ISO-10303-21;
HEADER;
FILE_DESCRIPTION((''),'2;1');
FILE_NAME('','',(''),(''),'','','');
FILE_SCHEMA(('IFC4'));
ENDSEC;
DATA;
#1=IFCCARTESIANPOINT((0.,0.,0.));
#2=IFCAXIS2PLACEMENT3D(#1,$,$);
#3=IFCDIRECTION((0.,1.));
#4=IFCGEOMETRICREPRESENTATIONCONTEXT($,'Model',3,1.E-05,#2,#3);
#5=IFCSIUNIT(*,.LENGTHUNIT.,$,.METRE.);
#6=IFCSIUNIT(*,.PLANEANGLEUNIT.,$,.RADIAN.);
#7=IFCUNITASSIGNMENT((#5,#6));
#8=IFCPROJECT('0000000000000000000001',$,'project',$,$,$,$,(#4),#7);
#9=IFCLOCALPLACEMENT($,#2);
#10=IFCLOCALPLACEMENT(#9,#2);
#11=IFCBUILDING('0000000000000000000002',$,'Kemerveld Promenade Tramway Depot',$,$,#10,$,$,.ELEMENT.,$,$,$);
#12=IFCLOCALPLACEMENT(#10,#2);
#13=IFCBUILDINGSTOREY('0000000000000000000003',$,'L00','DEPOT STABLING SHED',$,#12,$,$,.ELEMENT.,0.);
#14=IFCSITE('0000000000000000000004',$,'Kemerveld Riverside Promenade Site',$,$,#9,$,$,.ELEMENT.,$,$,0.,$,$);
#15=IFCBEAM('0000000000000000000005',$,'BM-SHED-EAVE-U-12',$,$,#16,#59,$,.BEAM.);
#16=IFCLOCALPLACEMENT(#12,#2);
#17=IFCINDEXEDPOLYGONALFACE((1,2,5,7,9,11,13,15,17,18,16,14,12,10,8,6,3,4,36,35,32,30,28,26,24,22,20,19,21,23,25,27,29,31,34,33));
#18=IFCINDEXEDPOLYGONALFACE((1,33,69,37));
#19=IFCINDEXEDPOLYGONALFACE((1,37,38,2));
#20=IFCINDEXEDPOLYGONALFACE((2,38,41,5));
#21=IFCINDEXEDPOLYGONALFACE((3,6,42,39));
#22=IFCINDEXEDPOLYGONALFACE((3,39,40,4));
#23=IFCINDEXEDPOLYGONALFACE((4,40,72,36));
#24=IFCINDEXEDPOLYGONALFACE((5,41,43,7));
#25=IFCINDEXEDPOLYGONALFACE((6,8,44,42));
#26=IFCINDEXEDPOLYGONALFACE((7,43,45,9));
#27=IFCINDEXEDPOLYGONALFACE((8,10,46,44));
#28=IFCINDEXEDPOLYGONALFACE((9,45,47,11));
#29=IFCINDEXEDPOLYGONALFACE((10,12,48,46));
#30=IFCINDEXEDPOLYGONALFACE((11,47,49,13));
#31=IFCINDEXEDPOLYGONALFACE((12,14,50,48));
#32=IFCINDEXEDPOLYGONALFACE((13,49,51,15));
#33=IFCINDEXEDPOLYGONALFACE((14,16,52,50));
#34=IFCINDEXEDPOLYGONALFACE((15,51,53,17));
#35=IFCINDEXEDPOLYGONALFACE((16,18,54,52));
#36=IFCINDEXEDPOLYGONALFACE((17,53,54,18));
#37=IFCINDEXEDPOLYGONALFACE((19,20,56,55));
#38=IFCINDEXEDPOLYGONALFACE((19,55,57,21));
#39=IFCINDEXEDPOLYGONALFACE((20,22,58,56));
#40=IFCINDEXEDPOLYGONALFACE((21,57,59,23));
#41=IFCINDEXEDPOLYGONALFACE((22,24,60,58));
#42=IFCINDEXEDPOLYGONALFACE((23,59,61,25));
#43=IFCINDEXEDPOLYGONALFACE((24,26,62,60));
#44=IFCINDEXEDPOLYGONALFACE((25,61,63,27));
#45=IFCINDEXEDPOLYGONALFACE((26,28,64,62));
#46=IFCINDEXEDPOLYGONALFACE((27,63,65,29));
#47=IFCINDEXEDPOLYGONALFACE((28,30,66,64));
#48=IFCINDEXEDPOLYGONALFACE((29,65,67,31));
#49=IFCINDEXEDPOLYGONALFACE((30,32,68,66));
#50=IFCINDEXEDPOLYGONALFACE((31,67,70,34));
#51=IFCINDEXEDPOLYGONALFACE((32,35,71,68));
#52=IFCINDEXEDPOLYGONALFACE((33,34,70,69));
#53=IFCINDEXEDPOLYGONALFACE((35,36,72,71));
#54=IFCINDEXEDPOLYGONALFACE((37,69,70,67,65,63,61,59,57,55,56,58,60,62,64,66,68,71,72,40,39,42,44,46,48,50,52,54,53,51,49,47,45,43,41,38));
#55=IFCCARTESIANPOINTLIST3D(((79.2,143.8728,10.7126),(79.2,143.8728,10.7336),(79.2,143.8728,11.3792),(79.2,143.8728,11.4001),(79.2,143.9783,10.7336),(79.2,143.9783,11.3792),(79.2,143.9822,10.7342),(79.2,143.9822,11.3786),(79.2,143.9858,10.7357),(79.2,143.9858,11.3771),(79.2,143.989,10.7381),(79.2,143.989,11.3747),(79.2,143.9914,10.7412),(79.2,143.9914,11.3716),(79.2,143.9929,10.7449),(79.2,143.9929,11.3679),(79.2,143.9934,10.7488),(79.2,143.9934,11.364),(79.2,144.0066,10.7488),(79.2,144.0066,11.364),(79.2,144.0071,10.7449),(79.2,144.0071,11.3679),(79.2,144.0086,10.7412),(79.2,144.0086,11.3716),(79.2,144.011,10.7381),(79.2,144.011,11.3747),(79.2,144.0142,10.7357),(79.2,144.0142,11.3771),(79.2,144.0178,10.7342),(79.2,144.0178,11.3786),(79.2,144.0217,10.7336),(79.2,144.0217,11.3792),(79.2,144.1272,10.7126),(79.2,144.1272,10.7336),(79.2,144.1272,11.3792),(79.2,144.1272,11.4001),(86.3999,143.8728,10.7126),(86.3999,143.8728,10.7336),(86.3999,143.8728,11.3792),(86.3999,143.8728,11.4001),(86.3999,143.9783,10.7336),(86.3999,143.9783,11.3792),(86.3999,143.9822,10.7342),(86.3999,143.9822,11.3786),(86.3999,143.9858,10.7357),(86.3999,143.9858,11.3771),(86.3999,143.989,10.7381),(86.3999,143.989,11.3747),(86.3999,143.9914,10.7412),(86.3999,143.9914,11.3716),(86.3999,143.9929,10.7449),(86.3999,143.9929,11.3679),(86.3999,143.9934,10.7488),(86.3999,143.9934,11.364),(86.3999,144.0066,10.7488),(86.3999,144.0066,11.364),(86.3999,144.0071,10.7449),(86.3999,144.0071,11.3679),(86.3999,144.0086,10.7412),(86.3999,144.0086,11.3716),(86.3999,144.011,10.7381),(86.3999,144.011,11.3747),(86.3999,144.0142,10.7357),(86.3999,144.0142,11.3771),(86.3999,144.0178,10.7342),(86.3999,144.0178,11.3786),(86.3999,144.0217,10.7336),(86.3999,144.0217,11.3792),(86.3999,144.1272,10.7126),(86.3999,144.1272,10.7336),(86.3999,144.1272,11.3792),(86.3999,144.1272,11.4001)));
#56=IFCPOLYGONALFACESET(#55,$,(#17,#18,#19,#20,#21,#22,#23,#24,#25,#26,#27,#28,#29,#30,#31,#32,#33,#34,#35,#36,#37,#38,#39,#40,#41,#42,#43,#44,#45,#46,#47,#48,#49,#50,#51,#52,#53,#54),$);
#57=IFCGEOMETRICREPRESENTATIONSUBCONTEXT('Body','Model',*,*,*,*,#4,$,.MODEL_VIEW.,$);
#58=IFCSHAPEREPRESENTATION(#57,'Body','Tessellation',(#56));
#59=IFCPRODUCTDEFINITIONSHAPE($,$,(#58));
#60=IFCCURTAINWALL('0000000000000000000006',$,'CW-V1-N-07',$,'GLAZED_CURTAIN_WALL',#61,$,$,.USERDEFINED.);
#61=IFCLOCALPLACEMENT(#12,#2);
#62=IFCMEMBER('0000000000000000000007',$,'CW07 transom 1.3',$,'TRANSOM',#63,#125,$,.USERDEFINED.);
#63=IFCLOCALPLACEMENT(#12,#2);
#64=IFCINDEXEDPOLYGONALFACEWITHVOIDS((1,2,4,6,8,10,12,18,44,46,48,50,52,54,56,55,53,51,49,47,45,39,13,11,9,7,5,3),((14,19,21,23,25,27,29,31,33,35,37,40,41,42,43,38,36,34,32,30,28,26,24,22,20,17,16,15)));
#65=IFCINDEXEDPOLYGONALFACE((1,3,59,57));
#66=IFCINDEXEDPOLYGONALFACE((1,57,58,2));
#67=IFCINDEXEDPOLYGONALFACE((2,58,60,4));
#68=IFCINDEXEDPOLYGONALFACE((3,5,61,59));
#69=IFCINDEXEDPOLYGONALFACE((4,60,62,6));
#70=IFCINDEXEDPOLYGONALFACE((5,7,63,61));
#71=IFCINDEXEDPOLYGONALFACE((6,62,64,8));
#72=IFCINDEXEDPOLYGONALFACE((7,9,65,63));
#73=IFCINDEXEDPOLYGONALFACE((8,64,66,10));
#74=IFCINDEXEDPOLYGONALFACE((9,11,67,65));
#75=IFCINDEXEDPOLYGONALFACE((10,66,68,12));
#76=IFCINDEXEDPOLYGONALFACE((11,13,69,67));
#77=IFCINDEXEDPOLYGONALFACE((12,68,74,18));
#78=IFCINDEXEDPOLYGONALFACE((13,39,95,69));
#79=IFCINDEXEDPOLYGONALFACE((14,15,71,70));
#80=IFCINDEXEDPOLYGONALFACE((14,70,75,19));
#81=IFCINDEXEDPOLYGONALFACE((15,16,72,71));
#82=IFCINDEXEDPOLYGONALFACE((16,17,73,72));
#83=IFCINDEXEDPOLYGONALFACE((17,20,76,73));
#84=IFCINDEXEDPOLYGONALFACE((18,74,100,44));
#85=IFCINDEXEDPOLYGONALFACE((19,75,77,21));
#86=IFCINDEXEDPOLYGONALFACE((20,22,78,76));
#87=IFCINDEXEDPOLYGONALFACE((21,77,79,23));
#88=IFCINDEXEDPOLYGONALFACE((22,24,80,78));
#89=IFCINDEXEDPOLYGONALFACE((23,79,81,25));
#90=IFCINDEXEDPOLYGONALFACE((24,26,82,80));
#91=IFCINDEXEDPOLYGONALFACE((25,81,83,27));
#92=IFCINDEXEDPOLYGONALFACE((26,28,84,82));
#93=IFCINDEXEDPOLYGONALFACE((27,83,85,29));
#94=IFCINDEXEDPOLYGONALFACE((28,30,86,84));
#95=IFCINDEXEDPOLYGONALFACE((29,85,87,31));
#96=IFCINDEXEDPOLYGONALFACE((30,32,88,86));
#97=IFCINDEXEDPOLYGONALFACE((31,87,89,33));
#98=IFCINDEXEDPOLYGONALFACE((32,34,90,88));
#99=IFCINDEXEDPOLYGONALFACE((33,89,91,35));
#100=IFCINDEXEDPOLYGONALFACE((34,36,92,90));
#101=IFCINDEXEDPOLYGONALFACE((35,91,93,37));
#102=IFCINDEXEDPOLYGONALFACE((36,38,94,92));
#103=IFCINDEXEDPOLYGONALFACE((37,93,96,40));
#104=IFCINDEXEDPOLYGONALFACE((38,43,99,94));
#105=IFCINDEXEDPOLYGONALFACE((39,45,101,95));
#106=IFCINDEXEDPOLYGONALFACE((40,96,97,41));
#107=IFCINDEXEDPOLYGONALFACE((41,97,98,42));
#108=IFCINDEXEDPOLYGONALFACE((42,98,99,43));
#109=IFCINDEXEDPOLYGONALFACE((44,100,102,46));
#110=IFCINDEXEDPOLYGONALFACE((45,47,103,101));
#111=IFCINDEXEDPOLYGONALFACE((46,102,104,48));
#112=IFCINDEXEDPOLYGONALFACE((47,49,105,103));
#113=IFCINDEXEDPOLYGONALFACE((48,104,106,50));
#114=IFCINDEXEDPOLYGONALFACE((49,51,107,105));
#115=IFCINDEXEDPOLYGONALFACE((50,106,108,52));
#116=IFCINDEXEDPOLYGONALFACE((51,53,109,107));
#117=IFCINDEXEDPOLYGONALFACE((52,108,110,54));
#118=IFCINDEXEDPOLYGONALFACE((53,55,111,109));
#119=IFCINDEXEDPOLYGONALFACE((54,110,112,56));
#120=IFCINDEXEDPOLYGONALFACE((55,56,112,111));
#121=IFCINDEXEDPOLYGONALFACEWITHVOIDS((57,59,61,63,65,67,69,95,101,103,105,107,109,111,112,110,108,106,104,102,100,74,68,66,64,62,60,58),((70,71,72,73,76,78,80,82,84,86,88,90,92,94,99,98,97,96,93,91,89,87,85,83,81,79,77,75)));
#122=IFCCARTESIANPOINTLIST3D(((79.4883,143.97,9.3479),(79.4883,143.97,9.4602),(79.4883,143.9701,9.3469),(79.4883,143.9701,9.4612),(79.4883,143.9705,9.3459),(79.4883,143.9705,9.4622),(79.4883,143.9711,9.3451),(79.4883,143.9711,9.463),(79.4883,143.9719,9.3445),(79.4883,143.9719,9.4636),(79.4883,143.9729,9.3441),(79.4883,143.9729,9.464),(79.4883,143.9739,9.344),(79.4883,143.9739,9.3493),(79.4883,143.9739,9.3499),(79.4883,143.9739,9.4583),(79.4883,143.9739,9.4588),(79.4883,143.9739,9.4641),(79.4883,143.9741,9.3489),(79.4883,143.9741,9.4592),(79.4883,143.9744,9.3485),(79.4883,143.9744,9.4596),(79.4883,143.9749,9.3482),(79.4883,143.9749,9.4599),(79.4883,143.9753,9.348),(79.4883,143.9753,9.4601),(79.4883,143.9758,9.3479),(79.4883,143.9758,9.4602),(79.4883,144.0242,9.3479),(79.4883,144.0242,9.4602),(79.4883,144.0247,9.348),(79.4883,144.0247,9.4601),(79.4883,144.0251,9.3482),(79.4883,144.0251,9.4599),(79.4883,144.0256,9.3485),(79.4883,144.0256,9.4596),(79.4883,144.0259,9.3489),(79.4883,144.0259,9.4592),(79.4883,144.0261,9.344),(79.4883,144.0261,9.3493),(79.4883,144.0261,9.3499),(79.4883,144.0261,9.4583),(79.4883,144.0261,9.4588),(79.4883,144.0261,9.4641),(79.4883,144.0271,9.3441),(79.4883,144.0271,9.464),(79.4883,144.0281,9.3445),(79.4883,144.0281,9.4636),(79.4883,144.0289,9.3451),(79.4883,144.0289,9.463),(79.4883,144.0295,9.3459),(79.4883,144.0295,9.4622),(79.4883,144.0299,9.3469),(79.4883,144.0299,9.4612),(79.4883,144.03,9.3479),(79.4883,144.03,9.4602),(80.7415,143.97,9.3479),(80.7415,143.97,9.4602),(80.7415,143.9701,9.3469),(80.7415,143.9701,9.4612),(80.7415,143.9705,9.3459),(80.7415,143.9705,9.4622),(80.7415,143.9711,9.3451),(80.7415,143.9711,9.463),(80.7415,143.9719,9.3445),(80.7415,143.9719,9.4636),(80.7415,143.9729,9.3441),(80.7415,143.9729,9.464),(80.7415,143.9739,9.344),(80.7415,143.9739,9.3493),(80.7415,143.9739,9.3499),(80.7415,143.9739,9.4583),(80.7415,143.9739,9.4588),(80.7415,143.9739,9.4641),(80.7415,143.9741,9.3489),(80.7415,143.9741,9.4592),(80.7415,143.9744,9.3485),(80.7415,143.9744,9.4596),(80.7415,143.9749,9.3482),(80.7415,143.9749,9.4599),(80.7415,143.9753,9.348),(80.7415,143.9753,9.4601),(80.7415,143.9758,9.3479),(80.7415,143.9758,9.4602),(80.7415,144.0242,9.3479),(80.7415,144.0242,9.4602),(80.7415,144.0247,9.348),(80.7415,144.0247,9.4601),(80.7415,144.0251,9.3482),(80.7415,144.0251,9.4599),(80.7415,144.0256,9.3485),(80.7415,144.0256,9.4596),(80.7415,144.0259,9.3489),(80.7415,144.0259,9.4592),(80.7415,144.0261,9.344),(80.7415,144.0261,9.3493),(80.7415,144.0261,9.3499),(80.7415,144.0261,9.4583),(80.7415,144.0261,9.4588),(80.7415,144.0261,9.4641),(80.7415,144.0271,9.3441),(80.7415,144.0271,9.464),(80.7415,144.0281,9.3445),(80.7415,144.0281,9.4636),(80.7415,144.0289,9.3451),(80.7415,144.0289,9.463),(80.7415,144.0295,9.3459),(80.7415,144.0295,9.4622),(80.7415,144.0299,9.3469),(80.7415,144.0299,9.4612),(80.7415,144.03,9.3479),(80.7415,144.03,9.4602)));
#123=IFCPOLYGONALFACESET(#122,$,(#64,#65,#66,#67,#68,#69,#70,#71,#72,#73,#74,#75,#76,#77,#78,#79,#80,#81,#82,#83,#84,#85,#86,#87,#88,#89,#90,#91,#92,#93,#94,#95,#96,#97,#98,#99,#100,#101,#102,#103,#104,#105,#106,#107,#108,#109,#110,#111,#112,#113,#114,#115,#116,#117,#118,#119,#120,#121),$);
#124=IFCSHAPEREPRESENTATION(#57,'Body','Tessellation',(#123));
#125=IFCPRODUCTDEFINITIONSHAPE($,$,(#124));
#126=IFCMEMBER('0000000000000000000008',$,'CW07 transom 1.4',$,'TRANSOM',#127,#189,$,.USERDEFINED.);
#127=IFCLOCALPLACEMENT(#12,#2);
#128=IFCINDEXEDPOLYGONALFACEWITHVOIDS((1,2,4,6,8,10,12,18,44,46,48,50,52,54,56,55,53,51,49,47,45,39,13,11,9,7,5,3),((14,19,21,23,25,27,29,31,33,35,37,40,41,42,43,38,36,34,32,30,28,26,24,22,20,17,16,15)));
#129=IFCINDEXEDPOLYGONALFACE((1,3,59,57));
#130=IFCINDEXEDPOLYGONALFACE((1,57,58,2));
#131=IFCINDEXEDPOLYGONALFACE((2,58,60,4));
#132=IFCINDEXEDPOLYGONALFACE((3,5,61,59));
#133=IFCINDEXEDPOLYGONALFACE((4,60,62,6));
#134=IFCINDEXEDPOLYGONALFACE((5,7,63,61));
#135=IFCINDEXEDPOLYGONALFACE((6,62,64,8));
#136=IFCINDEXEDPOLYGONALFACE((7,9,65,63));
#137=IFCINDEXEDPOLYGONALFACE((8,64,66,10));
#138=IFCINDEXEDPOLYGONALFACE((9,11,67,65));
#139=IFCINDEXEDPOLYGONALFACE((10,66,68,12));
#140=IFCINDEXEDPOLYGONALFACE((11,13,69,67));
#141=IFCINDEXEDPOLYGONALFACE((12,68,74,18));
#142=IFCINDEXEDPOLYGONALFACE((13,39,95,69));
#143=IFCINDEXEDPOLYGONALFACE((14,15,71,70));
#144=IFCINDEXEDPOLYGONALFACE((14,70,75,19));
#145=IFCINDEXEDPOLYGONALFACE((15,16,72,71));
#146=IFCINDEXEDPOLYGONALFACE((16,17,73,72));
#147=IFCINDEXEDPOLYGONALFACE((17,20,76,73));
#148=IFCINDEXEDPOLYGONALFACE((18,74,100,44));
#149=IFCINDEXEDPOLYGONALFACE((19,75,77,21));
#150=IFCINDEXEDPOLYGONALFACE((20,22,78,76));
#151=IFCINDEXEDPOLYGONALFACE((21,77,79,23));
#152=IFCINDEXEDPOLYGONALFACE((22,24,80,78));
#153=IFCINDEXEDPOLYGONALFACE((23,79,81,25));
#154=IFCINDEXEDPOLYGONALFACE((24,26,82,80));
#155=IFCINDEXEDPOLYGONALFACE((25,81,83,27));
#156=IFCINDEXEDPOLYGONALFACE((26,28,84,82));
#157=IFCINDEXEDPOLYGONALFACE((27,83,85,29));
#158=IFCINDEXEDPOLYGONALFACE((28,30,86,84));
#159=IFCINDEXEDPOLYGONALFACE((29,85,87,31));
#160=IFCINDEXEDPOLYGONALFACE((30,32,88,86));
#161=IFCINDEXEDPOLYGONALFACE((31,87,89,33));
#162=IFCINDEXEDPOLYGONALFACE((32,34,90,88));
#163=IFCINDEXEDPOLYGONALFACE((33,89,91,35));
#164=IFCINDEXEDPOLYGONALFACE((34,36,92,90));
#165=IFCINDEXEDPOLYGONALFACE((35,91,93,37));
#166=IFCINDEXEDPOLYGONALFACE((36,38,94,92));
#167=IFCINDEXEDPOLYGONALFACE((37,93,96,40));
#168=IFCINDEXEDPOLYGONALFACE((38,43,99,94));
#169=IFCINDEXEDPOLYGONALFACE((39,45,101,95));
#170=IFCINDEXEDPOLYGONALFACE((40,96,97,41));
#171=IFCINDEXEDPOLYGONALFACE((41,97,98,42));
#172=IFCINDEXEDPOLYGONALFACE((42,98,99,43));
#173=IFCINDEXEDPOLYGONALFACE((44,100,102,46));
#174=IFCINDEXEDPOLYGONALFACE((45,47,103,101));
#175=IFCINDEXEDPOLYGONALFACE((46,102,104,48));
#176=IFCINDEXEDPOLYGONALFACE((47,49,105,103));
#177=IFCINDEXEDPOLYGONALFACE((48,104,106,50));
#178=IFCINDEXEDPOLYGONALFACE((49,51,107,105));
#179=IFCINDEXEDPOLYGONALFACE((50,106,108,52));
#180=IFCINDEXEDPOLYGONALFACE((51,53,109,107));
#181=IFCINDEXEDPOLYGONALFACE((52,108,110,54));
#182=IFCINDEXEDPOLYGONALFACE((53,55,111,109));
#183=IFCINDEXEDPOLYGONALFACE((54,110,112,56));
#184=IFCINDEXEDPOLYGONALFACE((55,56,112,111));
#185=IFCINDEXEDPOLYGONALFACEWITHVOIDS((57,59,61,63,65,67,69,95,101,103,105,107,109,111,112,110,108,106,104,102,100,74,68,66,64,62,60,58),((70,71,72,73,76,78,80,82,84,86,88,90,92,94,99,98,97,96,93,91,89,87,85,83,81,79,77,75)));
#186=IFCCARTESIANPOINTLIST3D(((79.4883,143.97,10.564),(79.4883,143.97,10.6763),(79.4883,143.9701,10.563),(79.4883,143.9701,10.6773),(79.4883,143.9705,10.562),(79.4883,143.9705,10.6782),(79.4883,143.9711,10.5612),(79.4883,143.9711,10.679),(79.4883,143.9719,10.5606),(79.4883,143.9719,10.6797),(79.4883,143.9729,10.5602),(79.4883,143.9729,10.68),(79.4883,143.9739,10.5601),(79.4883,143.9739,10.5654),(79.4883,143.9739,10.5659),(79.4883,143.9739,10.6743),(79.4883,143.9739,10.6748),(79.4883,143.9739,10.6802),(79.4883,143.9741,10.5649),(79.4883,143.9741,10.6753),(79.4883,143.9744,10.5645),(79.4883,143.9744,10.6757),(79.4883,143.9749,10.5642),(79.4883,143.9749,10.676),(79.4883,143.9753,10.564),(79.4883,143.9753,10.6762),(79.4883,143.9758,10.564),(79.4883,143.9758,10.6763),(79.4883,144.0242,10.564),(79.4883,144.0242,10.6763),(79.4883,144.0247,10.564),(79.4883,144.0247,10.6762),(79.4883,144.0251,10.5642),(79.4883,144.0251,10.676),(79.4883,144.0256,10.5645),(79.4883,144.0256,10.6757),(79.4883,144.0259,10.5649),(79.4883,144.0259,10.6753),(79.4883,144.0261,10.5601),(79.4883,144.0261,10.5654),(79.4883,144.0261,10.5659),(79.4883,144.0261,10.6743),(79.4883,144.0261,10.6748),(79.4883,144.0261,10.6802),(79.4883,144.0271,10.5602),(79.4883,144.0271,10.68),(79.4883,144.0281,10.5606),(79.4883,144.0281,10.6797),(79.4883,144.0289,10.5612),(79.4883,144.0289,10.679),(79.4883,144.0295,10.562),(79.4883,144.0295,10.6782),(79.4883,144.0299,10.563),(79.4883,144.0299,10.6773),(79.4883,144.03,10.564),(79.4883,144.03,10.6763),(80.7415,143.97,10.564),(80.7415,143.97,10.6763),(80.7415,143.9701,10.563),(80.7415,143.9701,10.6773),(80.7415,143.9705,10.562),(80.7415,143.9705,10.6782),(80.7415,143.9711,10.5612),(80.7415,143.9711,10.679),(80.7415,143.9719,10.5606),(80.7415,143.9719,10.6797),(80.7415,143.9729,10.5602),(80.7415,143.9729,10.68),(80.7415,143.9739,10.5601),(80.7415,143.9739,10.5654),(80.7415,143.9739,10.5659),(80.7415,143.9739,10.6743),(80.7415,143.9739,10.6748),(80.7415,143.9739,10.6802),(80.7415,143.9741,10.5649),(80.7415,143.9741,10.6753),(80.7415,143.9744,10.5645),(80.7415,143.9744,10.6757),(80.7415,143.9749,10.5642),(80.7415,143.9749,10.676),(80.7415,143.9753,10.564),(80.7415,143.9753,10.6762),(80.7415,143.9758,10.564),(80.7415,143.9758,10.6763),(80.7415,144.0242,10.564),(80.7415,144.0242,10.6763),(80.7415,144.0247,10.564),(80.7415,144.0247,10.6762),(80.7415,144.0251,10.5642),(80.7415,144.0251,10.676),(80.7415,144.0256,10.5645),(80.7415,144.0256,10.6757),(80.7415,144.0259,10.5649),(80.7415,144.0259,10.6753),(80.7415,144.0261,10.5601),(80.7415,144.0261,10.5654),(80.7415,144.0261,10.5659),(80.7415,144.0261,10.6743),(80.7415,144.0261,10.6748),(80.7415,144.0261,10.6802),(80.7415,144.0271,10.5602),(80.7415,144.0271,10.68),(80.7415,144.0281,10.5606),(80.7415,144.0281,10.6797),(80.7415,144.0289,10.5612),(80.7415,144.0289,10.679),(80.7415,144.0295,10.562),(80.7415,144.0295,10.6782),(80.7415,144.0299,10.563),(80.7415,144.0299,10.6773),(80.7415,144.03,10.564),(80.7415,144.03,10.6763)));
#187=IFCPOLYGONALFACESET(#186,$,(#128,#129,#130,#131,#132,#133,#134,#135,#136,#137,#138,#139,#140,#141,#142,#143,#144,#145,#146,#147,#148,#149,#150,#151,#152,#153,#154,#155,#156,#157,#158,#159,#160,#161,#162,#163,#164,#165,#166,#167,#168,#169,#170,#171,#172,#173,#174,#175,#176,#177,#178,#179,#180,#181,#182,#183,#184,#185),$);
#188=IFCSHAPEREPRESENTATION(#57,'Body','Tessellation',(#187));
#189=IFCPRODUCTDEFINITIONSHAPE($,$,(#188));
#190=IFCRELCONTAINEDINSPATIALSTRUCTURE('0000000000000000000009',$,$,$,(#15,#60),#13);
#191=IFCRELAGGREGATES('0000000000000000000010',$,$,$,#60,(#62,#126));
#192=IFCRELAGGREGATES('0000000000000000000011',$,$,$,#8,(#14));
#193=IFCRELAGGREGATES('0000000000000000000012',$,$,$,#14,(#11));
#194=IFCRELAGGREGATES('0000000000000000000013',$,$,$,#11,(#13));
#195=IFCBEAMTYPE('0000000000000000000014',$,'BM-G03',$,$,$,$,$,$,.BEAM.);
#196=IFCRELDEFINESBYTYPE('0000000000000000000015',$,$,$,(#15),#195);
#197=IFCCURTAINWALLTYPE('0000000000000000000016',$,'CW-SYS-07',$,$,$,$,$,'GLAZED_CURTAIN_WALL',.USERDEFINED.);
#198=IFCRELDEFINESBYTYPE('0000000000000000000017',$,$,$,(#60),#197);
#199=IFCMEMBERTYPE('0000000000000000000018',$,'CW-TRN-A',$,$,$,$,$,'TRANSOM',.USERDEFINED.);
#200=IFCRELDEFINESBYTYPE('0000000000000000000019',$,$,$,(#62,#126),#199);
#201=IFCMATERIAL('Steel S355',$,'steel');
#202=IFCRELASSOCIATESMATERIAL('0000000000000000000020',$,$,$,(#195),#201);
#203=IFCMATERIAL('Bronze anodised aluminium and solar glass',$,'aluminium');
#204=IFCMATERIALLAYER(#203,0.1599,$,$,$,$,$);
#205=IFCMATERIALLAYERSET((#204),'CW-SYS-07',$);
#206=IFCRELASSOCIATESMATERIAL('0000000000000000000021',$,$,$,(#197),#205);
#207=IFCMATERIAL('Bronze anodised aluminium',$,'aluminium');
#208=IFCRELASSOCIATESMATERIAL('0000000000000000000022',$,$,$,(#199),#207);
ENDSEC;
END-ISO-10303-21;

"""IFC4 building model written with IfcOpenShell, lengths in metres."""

from ifc_helpers import new_model, si_unit, direction, frame, origin, origin_2d, place, context, subcontext, project, spatial, hollow_rectangle, i_section, extrude, material, layer, layer_set, material_profile, profile_set, type_object, element, aggregate, save


model = new_model("IFC4")

# Units and contexts
model_context = context("Model", 3, precision=1e-05, world=origin(), true_north=direction((0.0, 1.0)))
body_context = subcontext(model_context, "Body", "Model", "MODEL_VIEW")
ifc_project = project(units=[si_unit("LENGTHUNIT", "METRE"), si_unit("PLANEANGLEUNIT", "RADIAN")], contexts=[model_context])

# Site, building, storey
site_placement = place(None, origin())
site = spatial("IfcSite", under=ifc_project, at=site_placement, Name="Kemerveld Riverside Promenade Site", CompositionType="ELEMENT", RefElevation=0.0)
building_placement = place(site_placement, origin())
building = spatial("IfcBuilding", under=site, at=building_placement, Name="Kemerveld Promenade Tramway Depot", CompositionType="ELEMENT")
storey_placement = place(building_placement, origin())
storey = spatial("IfcBuildingStorey", under=building, at=storey_placement, Name="L00", Description="DEPOT STABLING SHED", CompositionType="ELEMENT", Elevation=0.0)

# Beam
ifc_material_1 = material(Name="Steel S355", Category="steel")
ifc_material_profile_1 = material_profile(ifc_material_1, i_section(OverallWidth=0.2544, OverallDepth=0.6875, WebThickness=0.0132, FlangeThickness=0.021, FilletRadius=0.0151, at=origin_2d()), Name="686x254x152 UB")
ifc_profile_set_1 = profile_set([ifc_material_profile_1], Name="Steel S355")
beam_type = type_object("IfcBeamType", Name="BM-G03", PredefinedType="BEAM", material=ifc_profile_set_1)
beam_placement = place(storey_placement, frame((79.2, 144.0, 11.0564), z_axis=(1.0, 0.0, 0.0), x_axis=(0.0, 1.0, 0.0)))
element("IfcBeam", 1, at=beam_placement, inside=storey, type_object=beam_type, Name="BM-SHED-EAVE-U-12", PredefinedType="BEAM", context=body_context, shape_type="SweptSolid", body=[
    extrude(i_section(OverallWidth=0.2544, OverallDepth=0.6875, WebThickness=0.0132, FlangeThickness=0.021, FilletRadius=0.0151, at=origin_2d()), origin(), (0.0, 0.0, 1.0), 7.2),
])

# Curtain wall, members
ifc_material_2 = material(Name="Bronze anodised aluminium and solar glass", Category="aluminium")
ifc_layer_1 = layer(ifc_material_2, 0.1599)
ifc_layer_set_1 = layer_set([ifc_layer_1], Name="CW-SYS-07")
curtain_wall_type_1 = type_object("IfcCurtainWallType", Name="CW-SYS-07", ElementType="GLAZED_CURTAIN_WALL", PredefinedType="USERDEFINED", material=ifc_layer_set_1)
curtain_wall_1_placement = place(storey_placement, origin())
curtain_wall_1 = element("IfcCurtainWall", 2, at=curtain_wall_1_placement, inside=storey, type_object=curtain_wall_type_1, Name="CW-V1-N-07", ObjectType="GLAZED_CURTAIN_WALL", PredefinedType="USERDEFINED")
ifc_material_3 = material(Name="Bronze anodised aluminium", Category="aluminium")
ifc_material_profile_2 = material_profile(ifc_material_3, hollow_rectangle(XDim=0.0601, YDim=0.1201, WallThickness=0.0039, InnerFilletRadius=0.002, OuterFilletRadius=0.0039, at=origin_2d()), Name="CW-TRN-120x60")
ifc_profile_set_2 = profile_set([ifc_material_profile_2], Name="Bronze anodised aluminium")
member_type_1 = type_object("IfcMemberType", Name="CW-TRN-A", ElementType="TRANSOM", PredefinedType="USERDEFINED", material=ifc_profile_set_2)
member_1_placement = place(storey_placement, frame((79.4883, 144.0, 9.4041), z_axis=(1.0, 0.0, 0.0), x_axis=(0.0, 1.0, 0.0)))
member_1 = element("IfcMember", 3, at=member_1_placement, type_object=member_type_1, Name="CW07 transom 1.3", ObjectType="TRANSOM", PredefinedType="USERDEFINED", context=body_context, shape_type="SweptSolid", body=[
    extrude(hollow_rectangle(XDim=0.0601, YDim=0.1201, WallThickness=0.0039, InnerFilletRadius=0.002, OuterFilletRadius=0.0039, at=origin_2d()), origin(), (0.0, 0.0, 1.0), 1.2532),
])
member_2_placement = place(storey_placement, frame((79.4883, 144.0, 10.6201), z_axis=(1.0, 0.0, 0.0), x_axis=(0.0, 1.0, 0.0)))
member_2 = element("IfcMember", 4, at=member_2_placement, type_object=member_type_1, Name="CW07 transom 1.4", ObjectType="TRANSOM", PredefinedType="USERDEFINED", context=body_context, shape_type="SweptSolid", body=[
    extrude(hollow_rectangle(XDim=0.0601, YDim=0.1201, WallThickness=0.0039, InnerFilletRadius=0.002, OuterFilletRadius=0.0039, at=origin_2d()), origin(), (0.0, 0.0, 1.0), 1.2532),
])

aggregate(curtain_wall_1, [member_1, member_2])

save(model, "model.ifc")
